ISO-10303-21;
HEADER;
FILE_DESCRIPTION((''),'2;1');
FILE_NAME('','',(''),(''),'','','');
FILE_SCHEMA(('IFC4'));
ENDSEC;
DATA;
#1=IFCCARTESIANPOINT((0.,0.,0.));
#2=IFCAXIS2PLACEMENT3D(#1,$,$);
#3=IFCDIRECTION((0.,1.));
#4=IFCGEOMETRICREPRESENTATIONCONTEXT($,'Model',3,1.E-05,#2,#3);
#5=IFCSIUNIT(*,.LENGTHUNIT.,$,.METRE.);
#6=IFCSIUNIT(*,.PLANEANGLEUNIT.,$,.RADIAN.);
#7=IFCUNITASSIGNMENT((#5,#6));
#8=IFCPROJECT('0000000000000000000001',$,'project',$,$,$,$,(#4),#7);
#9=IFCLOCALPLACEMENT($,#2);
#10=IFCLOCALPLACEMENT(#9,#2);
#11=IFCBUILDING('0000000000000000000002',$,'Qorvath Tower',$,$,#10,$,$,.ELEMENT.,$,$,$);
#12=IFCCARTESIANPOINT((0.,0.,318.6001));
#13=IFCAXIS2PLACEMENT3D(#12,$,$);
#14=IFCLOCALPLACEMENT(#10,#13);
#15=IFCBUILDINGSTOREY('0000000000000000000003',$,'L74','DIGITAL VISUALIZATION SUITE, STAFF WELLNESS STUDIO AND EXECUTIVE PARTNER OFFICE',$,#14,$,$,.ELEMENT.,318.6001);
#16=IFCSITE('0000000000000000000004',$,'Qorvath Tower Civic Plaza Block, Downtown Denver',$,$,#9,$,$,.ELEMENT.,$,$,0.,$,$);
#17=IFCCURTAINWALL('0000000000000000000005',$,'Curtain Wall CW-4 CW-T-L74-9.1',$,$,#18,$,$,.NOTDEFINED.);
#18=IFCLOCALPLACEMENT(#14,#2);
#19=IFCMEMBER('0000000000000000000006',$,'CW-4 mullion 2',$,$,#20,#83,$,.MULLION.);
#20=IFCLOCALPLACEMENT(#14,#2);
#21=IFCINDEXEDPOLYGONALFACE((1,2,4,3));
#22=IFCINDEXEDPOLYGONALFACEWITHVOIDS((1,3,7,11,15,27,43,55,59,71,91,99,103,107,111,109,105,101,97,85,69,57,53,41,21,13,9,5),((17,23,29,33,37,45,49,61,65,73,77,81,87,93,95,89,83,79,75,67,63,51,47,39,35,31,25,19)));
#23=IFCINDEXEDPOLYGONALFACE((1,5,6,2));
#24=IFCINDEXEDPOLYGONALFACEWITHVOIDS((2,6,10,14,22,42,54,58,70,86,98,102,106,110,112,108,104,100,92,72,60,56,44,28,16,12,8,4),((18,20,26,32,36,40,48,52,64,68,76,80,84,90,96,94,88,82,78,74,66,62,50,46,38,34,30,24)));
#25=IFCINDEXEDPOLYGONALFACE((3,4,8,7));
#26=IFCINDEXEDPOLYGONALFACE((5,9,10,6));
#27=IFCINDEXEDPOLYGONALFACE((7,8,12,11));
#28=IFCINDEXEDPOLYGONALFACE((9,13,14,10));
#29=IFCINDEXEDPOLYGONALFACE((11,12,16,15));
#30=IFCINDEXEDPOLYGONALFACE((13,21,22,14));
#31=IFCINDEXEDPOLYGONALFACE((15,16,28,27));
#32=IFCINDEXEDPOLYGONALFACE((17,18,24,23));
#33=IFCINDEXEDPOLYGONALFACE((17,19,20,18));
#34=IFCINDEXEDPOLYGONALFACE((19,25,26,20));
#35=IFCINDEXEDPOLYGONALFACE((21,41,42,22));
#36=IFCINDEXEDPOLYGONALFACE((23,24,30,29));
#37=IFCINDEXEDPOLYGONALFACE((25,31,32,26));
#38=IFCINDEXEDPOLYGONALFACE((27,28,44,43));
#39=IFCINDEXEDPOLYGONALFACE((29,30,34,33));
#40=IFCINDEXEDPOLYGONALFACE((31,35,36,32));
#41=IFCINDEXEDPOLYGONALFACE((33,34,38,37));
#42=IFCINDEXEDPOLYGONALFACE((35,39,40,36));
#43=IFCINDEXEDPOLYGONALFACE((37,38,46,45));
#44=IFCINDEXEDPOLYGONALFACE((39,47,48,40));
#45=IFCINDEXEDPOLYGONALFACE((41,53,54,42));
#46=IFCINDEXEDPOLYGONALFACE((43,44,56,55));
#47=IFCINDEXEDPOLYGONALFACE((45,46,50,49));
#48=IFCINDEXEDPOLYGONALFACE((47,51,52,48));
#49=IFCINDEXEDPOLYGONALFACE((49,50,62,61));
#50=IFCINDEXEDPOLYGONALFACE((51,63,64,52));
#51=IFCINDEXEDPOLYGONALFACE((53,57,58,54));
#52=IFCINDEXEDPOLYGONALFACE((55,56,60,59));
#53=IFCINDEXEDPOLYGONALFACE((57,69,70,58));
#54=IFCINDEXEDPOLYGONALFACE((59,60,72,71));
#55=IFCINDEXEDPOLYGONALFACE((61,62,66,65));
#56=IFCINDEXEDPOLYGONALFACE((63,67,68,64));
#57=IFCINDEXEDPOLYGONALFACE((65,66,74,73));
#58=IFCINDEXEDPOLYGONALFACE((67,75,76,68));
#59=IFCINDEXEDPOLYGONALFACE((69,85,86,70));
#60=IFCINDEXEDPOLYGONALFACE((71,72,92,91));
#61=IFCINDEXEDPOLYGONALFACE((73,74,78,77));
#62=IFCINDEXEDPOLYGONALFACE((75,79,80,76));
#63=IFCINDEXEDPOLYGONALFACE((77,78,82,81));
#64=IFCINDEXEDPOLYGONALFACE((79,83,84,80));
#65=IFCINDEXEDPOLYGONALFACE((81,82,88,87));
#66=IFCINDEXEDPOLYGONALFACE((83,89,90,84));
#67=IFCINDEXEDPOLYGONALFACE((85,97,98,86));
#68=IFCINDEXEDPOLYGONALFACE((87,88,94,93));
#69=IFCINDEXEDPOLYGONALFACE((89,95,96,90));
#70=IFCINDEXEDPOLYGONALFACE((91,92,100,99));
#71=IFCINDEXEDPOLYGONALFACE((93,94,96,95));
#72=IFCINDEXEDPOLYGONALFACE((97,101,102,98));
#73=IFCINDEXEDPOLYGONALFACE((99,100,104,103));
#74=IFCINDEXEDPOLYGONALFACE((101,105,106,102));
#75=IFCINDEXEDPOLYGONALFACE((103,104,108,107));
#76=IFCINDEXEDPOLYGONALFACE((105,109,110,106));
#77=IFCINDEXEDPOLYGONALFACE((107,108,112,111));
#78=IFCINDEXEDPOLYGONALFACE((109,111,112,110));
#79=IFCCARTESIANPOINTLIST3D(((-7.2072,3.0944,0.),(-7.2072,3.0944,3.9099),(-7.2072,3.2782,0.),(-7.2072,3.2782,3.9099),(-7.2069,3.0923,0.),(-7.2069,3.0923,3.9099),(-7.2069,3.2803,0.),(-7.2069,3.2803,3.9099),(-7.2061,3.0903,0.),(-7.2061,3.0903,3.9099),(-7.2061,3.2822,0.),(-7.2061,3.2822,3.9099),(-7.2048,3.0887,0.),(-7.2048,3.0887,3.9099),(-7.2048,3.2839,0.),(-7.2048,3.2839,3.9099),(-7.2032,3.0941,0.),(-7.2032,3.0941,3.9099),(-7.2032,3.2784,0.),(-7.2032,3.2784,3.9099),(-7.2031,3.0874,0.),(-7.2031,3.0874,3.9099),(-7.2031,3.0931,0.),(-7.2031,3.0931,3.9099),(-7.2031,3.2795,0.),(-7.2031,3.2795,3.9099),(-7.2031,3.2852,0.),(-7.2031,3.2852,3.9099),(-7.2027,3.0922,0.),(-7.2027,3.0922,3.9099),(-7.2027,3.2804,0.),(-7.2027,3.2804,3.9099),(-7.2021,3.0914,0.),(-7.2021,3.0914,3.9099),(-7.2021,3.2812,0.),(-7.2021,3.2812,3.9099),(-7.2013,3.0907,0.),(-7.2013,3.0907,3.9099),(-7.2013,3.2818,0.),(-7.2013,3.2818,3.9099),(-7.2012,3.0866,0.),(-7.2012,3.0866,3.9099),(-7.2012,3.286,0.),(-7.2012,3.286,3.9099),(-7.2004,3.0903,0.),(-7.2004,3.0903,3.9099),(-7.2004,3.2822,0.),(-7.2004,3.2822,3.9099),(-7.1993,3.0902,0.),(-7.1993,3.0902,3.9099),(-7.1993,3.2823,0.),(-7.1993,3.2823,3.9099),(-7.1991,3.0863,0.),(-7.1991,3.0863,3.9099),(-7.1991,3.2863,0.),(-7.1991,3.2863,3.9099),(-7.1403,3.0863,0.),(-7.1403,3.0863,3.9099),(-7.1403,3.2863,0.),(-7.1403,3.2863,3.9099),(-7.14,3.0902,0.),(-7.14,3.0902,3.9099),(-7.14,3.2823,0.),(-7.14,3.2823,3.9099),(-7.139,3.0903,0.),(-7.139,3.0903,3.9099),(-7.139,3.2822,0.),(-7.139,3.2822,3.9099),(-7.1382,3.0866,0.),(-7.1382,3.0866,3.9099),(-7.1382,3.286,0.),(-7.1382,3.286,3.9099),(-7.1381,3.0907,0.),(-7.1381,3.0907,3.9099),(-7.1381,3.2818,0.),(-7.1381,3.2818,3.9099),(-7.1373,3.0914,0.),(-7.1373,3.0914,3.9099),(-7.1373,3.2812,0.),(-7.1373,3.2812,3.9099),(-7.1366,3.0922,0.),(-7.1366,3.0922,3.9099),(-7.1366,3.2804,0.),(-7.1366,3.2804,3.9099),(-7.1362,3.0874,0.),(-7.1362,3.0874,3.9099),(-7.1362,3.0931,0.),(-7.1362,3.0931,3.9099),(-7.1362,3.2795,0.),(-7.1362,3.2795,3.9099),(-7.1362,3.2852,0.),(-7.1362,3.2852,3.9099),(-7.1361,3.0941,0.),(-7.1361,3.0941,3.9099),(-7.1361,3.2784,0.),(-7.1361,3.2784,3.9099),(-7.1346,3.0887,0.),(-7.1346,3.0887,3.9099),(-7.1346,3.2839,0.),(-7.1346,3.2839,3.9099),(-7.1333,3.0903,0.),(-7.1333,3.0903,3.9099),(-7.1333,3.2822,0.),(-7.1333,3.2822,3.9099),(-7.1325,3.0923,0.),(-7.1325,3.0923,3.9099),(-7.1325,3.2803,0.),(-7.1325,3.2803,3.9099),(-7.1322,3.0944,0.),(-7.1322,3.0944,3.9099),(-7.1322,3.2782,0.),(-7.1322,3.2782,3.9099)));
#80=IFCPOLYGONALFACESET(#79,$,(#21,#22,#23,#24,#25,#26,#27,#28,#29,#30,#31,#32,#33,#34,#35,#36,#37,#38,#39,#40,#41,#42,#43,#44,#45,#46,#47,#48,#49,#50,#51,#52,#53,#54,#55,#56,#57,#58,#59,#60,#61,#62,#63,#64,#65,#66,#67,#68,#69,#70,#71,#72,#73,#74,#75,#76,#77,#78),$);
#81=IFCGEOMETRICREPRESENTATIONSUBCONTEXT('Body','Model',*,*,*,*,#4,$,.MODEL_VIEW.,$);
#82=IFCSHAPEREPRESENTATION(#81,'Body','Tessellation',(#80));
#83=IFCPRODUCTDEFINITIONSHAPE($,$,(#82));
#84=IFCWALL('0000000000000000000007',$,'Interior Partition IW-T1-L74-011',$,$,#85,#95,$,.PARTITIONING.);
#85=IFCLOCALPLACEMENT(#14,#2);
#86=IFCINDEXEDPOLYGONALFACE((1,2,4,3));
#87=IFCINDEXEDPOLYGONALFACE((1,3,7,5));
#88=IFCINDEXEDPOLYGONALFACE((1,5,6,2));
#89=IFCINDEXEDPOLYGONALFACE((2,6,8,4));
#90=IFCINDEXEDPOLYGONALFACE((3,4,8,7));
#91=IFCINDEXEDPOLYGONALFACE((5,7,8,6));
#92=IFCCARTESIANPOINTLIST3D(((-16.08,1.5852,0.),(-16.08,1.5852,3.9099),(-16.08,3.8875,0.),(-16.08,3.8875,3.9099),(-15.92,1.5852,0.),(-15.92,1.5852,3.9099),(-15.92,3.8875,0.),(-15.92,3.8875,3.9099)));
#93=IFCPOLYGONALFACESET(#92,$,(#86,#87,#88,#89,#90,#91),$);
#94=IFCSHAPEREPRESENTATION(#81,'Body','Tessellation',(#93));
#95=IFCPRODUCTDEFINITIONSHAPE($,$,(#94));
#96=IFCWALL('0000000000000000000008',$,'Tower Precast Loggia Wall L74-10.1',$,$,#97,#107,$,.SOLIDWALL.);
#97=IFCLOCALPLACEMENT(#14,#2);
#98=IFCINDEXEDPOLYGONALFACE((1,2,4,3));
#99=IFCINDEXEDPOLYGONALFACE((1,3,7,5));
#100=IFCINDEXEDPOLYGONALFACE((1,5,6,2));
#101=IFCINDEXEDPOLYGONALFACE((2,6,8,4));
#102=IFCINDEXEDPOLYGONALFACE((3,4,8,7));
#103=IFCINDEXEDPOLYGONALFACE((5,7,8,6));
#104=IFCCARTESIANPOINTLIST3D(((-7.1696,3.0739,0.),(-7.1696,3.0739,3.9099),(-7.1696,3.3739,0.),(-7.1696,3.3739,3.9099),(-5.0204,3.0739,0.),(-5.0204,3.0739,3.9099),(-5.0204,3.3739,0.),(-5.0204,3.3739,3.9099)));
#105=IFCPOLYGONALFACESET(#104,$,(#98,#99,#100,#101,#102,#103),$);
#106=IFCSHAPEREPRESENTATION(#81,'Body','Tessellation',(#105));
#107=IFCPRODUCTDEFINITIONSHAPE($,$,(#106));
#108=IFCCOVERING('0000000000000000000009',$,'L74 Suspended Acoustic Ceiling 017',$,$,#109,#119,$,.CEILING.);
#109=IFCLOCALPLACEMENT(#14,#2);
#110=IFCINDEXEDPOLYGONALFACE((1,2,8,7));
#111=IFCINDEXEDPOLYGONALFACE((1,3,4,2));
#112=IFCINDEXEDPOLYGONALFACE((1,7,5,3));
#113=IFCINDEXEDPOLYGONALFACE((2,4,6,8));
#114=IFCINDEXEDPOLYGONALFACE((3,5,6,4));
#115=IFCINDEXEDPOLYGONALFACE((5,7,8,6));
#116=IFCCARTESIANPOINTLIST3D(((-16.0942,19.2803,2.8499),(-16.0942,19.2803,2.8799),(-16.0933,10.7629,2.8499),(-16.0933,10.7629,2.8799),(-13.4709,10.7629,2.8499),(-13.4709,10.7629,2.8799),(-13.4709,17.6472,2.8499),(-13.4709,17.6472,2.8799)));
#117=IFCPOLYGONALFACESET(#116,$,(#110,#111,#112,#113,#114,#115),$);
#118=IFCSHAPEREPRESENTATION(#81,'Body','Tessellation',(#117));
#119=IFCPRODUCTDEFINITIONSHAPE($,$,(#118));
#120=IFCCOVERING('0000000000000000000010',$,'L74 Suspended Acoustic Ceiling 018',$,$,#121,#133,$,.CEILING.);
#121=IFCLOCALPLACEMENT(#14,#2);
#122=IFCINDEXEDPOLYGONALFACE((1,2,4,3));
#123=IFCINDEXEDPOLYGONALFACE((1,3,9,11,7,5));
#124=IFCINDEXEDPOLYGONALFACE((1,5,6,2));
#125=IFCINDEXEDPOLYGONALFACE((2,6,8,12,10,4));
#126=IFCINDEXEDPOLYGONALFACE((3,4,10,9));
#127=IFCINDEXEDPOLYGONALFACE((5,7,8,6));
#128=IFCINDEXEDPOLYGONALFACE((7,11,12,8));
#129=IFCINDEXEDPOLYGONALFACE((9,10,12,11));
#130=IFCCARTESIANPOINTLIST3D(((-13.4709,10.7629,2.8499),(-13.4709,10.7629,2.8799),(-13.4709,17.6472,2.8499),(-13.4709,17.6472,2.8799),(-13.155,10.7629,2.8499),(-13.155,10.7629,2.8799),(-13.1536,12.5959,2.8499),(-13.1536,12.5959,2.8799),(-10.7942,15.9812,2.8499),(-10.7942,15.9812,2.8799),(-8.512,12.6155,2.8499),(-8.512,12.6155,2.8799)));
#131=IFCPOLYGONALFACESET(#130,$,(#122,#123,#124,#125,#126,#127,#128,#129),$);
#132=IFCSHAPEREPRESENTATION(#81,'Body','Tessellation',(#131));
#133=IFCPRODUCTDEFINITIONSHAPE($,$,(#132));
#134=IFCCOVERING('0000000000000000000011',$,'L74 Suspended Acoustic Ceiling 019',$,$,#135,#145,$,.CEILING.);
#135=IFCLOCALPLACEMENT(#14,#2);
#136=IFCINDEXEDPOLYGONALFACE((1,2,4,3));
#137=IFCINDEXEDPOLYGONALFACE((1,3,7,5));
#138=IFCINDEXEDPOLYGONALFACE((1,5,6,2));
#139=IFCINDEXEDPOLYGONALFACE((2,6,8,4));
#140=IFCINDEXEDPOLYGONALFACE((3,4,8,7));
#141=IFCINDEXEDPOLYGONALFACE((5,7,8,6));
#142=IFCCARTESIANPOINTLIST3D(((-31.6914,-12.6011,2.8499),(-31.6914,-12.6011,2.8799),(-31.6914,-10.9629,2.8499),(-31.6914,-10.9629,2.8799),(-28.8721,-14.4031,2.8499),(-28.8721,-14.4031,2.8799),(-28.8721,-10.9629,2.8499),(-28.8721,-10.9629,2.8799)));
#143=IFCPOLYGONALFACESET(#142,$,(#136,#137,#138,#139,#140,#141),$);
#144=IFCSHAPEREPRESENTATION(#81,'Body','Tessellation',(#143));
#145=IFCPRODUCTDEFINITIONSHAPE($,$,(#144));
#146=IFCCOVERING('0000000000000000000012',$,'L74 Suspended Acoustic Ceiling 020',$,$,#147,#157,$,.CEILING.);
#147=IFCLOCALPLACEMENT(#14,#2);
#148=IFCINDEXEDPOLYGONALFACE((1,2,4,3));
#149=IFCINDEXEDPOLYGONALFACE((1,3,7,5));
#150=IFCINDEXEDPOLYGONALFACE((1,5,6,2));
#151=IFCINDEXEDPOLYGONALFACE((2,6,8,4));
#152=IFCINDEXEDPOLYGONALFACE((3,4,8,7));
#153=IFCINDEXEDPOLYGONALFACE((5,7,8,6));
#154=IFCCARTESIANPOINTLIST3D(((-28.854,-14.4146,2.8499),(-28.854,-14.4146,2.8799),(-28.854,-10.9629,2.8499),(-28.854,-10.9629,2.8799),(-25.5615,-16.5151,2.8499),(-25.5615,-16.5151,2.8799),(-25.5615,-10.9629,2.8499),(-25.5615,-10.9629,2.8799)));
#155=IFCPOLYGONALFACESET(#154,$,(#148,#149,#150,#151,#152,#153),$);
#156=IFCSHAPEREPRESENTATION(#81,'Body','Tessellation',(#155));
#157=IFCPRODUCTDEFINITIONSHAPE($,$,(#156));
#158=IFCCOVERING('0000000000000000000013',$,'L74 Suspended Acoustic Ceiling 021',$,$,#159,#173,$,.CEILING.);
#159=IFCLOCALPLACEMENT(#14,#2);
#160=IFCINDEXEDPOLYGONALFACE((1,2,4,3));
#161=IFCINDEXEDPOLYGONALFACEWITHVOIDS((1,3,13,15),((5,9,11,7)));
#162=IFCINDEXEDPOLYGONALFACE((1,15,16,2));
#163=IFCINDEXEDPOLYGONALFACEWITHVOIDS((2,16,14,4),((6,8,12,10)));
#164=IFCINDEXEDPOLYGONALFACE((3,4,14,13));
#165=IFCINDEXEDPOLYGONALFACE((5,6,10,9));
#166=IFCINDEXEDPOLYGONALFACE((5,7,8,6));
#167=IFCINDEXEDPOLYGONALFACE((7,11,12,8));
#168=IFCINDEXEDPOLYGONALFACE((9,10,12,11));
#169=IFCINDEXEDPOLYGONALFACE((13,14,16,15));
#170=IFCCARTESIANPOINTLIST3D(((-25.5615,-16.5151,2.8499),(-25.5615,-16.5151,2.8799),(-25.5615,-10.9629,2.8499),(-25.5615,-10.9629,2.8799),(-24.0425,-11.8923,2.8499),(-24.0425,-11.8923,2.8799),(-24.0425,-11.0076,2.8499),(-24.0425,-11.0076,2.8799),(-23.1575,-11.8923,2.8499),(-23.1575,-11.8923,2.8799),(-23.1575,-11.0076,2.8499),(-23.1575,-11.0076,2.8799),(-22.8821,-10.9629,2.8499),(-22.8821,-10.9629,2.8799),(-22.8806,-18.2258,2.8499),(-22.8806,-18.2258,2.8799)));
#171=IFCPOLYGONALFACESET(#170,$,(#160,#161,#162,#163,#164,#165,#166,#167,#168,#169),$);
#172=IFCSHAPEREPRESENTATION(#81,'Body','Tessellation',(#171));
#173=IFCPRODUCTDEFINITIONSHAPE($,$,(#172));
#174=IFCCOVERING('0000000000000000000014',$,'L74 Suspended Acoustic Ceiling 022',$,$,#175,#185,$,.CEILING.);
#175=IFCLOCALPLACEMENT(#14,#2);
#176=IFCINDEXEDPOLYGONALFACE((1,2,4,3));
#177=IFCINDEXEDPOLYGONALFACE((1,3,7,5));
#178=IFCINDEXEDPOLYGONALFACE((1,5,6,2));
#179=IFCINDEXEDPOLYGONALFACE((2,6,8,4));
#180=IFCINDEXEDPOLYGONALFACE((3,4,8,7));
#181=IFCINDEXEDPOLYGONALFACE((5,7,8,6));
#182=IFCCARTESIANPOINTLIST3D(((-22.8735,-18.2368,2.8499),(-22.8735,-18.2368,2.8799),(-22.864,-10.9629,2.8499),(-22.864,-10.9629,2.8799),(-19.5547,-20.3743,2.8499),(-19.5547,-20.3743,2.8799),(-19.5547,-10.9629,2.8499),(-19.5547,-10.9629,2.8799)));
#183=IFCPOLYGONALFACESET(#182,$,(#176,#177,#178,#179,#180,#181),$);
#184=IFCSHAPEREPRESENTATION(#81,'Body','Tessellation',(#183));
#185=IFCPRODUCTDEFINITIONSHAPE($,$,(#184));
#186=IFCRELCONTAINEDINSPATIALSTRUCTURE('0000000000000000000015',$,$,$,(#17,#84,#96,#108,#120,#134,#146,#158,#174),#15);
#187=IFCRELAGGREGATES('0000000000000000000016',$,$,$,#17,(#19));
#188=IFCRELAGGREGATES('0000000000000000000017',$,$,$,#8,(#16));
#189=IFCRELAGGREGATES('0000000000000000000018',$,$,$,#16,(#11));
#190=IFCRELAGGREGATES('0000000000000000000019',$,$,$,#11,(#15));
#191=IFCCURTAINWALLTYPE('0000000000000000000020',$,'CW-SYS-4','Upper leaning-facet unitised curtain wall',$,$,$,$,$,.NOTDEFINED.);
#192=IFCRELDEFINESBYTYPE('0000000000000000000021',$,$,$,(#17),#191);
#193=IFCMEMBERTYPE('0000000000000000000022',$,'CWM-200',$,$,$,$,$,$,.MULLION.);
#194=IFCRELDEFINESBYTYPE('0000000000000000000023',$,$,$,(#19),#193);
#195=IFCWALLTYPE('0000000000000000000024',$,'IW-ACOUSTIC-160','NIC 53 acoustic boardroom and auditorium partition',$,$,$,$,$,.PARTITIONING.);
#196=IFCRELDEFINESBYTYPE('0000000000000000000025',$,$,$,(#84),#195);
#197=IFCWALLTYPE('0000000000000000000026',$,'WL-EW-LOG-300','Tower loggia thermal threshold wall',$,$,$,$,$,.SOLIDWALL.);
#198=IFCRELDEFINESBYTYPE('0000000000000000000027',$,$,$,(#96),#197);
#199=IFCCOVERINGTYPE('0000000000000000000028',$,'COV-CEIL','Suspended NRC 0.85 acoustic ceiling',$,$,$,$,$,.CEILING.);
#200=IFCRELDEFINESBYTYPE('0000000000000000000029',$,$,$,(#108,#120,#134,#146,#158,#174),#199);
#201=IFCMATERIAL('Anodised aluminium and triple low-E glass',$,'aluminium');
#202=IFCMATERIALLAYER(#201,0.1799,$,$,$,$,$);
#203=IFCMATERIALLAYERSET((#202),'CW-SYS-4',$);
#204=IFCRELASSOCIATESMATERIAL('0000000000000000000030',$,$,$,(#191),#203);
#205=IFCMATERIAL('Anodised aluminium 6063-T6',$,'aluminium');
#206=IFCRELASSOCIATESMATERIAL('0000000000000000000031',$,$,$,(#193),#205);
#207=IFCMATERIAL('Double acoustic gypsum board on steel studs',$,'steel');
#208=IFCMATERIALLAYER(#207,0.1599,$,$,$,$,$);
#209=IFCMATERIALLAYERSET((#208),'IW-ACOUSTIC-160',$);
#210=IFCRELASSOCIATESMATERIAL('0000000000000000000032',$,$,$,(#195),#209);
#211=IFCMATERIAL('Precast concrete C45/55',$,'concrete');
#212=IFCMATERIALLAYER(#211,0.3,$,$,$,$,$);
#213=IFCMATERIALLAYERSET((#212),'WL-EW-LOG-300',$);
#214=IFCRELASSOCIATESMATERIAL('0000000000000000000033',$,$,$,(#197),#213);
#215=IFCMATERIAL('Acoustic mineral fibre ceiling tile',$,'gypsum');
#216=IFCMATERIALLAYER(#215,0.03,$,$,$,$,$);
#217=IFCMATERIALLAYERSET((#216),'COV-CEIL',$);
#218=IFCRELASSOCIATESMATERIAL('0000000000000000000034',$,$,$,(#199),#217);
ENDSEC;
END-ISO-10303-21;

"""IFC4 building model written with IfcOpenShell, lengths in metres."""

from ifc_helpers import new_model, si_unit, direction, frame, frame_2d, origin, origin_2d, place, context, subcontext, project, spatial, polyline, rectangle, hollow_rectangle, outline, extrude, material, layer, layer_set, material_profile, profile_set, type_object, element, aggregate, save


model = new_model("IFC4")

# Units and contexts
model_context = context("Model", 3, precision=1e-05, world=origin(), true_north=direction((0.0, 1.0)))
body_context = subcontext(model_context, "Body", "Model", "MODEL_VIEW")
ifc_project = project(units=[si_unit("LENGTHUNIT", "METRE"), si_unit("PLANEANGLEUNIT", "RADIAN")], contexts=[model_context])

# Site, building, storey
site_placement = place(None, origin())
site = spatial("IfcSite", under=ifc_project, at=site_placement, Name="Qorvath Tower Civic Plaza Block, Downtown Denver", CompositionType="ELEMENT", RefElevation=0.0)
building_placement = place(site_placement, origin())
building = spatial("IfcBuilding", under=site, at=building_placement, Name="Qorvath Tower", CompositionType="ELEMENT")
storey_placement = place(building_placement, frame((0.0, 0.0, 318.6001)))
storey = spatial("IfcBuildingStorey", under=building, at=storey_placement, Name="L74", Description="DIGITAL VISUALIZATION SUITE, STAFF WELLNESS STUDIO AND EXECUTIVE PARTNER OFFICE", CompositionType="ELEMENT", Elevation=318.6001)

# Curtain wall, member
ifc_material_1 = material(Name="Anodised aluminium and triple low-E glass", Category="aluminium")
ifc_layer_1 = layer(ifc_material_1, 0.1799)
ifc_layer_set_1 = layer_set([ifc_layer_1], Name="CW-SYS-4")
curtain_wall_type = type_object("IfcCurtainWallType", Name="CW-SYS-4", Description="Upper leaning-facet unitised curtain wall", PredefinedType="NOTDEFINED", material=ifc_layer_set_1)
curtain_wall_placement = place(storey_placement, origin())
curtain_wall = element("IfcCurtainWall", 1, at=curtain_wall_placement, inside=storey, type_object=curtain_wall_type, Name="Curtain Wall CW-4 CW-T-L74-9.1", PredefinedType="NOTDEFINED")
ifc_material_2 = material(Name="Anodised aluminium 6063-T6", Category="aluminium")
ifc_material_profile = material_profile(ifc_material_2, hollow_rectangle(XDim=0.075, YDim=0.2, WallThickness=0.0039, InnerFilletRadius=0.0039, OuterFilletRadius=0.0081, at=origin_2d()), Name="CWM 200x75")
ifc_profile_set = profile_set([ifc_material_profile], Name="Anodised aluminium 6063-T6")
member_type = type_object("IfcMemberType", Name="CWM-200", PredefinedType="MULLION", material=ifc_profile_set)
member_placement = place(storey_placement, frame((-7.1697, 3.1863, 0.0), z_axis=(0.0, 0.0, 1.0), x_axis=(-1.0, 0.0, 0.0)))
member = element("IfcMember", 2, at=member_placement, type_object=member_type, Name="CW-4 mullion 2", PredefinedType="MULLION", context=body_context, shape_type="SweptSolid", body=[
    extrude(hollow_rectangle(XDim=0.075, YDim=0.2, WallThickness=0.0039, InnerFilletRadius=0.0039, OuterFilletRadius=0.0081, at=origin_2d()), origin(), (0.0, 0.0, 1.0), 3.9099),
])
aggregate(curtain_wall, [member])

# Walls
ifc_material_3 = material(Name="Double acoustic gypsum board on steel studs", Category="steel")
ifc_layer_2 = layer(ifc_material_3, 0.1599)
ifc_layer_set_2 = layer_set([ifc_layer_2], Name="IW-ACOUSTIC-160")
wall_type_1 = type_object("IfcWallType", Name="IW-ACOUSTIC-160", Description="NIC 53 acoustic boardroom and auditorium partition", PredefinedType="PARTITIONING", material=ifc_layer_set_2)
wall_1_placement = place(storey_placement, frame((-16.0, 1.5852, 0.0), z_axis=(0.0, 0.0, 1.0), x_axis=(0.0, 1.0, 0.0)))
element("IfcWall", 3, at=wall_1_placement, inside=storey, type_object=wall_type_1, Name="Interior Partition IW-T1-L74-011", PredefinedType="PARTITIONING", context=body_context, shape_type="SweptSolid", body=[
    extrude(rectangle(XDim=2.3022, YDim=0.1599, at=frame_2d((1.1511, 0.0))), origin(), (0.0, 0.0, 1.0), 3.9099),
])
ifc_material_4 = material(Name="Precast concrete C45/55", Category="concrete")
ifc_layer_3 = layer(ifc_material_4, 0.3)
ifc_layer_set_3 = layer_set([ifc_layer_3], Name="WL-EW-LOG-300")
wall_type_2 = type_object("IfcWallType", Name="WL-EW-LOG-300", Description="Tower loggia thermal threshold wall", PredefinedType="SOLIDWALL", material=ifc_layer_set_3)
wall_2_placement = place(storey_placement, frame((-7.1697, 3.2239, 0.0), z_axis=(0.0, 0.0, 1.0), x_axis=(1.0, 0.0, 0.0)))
element("IfcWall", 4, at=wall_2_placement, inside=storey, type_object=wall_type_2, Name="Tower Precast Loggia Wall L74-10.1", PredefinedType="SOLIDWALL", context=body_context, shape_type="SweptSolid", body=[
    extrude(rectangle(XDim=2.1492, YDim=0.3, at=frame_2d((1.0747, 0.0))), origin(), (0.0, 0.0, 1.0), 3.9099),
])

# Coverings
ifc_material_5 = material(Name="Acoustic mineral fibre ceiling tile", Category="gypsum")
ifc_layer_4 = layer(ifc_material_5, 0.03)
ifc_layer_set_4 = layer_set([ifc_layer_4], Name="COV-CEIL")
covering_type_1 = type_object("IfcCoveringType", Name="COV-CEIL", Description="Suspended NRC 0.85 acoustic ceiling", PredefinedType="CEILING", material=ifc_layer_set_4)
covering_1_placement = place(storey_placement, frame((0.0, 0.0, 2.8499)))
element("IfcCovering", 5, at=covering_1_placement, inside=storey, type_object=covering_type_1, Name="L74 Suspended Acoustic Ceiling 017", PredefinedType="CEILING", context=body_context, shape_type="SweptSolid", body=[
    extrude(outline(polyline([(-13.4709, 10.7629), (-13.4709, 17.6472), (-16.0942, 19.2803), (-16.0933, 10.7629), (-13.4709, 10.7629)])), origin(), (0.0, 0.0, 1.0), 0.03),
])
covering_2_placement = place(storey_placement, frame((0.0, 0.0, 2.8499)))
element("IfcCovering", 6, at=covering_2_placement, inside=storey, type_object=covering_type_1, Name="L74 Suspended Acoustic Ceiling 018", PredefinedType="CEILING", context=body_context, shape_type="SweptSolid", body=[
    extrude(outline(polyline([(-13.1536, 12.5959), (-8.512, 12.6155), (-10.7942, 15.9812), (-13.4709, 17.6472), (-13.4709, 10.7629), (-13.155, 10.7629), (-13.1536, 12.5959)])), origin(), (0.0, 0.0, 1.0), 0.03),
])
covering_3_placement = place(storey_placement, frame((0.0, 0.0, 2.8499)))
element("IfcCovering", 7, at=covering_3_placement, inside=storey, type_object=covering_type_1, Name="L74 Suspended Acoustic Ceiling 019", PredefinedType="CEILING", context=body_context, shape_type="SweptSolid", body=[
    extrude(outline(polyline([(-31.6914, -12.6011), (-28.8721, -14.4031), (-28.8721, -10.9629), (-31.6914, -10.9629), (-31.6914, -12.6011)])), origin(), (0.0, 0.0, 1.0), 0.03),
])
covering_4_placement = place(storey_placement, frame((0.0, 0.0, 2.8499)))
element("IfcCovering", 8, at=covering_4_placement, inside=storey, type_object=covering_type_1, Name="L74 Suspended Acoustic Ceiling 020", PredefinedType="CEILING", context=body_context, shape_type="SweptSolid", body=[
    extrude(outline(polyline([(-28.854, -14.4146), (-25.5615, -16.5151), (-25.5615, -10.9629), (-28.854, -10.9629), (-28.854, -14.4146)])), origin(), (0.0, 0.0, 1.0), 0.03),
])
covering_5_placement = place(storey_placement, frame((0.0, 0.0, 2.8499)))
element("IfcCovering", 9, at=covering_5_placement, inside=storey, type_object=covering_type_1, Name="L74 Suspended Acoustic Ceiling 021", PredefinedType="CEILING", context=body_context, shape_type="SweptSolid", body=[
    extrude(outline(polyline([(-25.5615, -10.9629), (-25.5615, -16.5151), (-22.8806, -18.2258), (-22.8821, -10.9629), (-25.5615, -10.9629)]), holes=[polyline([(-24.0425, -11.8923), (-24.0425, -11.0076), (-23.1575, -11.0076), (-23.1575, -11.8923), (-24.0425, -11.8923)])]), origin(), (0.0, 0.0, 1.0), 0.03),
])
covering_6_placement = place(storey_placement, frame((0.0, 0.0, 2.8499)))
element("IfcCovering", 10, at=covering_6_placement, inside=storey, type_object=covering_type_1, Name="L74 Suspended Acoustic Ceiling 022", PredefinedType="CEILING", context=body_context, shape_type="SweptSolid", body=[
    extrude(outline(polyline([(-22.8735, -18.2368), (-19.5547, -20.3743), (-19.5547, -10.9629), (-22.864, -10.9629), (-22.8735, -18.2368)])), origin(), (0.0, 0.0, 1.0), 0.03),
])

save(model, "model.ifc")
